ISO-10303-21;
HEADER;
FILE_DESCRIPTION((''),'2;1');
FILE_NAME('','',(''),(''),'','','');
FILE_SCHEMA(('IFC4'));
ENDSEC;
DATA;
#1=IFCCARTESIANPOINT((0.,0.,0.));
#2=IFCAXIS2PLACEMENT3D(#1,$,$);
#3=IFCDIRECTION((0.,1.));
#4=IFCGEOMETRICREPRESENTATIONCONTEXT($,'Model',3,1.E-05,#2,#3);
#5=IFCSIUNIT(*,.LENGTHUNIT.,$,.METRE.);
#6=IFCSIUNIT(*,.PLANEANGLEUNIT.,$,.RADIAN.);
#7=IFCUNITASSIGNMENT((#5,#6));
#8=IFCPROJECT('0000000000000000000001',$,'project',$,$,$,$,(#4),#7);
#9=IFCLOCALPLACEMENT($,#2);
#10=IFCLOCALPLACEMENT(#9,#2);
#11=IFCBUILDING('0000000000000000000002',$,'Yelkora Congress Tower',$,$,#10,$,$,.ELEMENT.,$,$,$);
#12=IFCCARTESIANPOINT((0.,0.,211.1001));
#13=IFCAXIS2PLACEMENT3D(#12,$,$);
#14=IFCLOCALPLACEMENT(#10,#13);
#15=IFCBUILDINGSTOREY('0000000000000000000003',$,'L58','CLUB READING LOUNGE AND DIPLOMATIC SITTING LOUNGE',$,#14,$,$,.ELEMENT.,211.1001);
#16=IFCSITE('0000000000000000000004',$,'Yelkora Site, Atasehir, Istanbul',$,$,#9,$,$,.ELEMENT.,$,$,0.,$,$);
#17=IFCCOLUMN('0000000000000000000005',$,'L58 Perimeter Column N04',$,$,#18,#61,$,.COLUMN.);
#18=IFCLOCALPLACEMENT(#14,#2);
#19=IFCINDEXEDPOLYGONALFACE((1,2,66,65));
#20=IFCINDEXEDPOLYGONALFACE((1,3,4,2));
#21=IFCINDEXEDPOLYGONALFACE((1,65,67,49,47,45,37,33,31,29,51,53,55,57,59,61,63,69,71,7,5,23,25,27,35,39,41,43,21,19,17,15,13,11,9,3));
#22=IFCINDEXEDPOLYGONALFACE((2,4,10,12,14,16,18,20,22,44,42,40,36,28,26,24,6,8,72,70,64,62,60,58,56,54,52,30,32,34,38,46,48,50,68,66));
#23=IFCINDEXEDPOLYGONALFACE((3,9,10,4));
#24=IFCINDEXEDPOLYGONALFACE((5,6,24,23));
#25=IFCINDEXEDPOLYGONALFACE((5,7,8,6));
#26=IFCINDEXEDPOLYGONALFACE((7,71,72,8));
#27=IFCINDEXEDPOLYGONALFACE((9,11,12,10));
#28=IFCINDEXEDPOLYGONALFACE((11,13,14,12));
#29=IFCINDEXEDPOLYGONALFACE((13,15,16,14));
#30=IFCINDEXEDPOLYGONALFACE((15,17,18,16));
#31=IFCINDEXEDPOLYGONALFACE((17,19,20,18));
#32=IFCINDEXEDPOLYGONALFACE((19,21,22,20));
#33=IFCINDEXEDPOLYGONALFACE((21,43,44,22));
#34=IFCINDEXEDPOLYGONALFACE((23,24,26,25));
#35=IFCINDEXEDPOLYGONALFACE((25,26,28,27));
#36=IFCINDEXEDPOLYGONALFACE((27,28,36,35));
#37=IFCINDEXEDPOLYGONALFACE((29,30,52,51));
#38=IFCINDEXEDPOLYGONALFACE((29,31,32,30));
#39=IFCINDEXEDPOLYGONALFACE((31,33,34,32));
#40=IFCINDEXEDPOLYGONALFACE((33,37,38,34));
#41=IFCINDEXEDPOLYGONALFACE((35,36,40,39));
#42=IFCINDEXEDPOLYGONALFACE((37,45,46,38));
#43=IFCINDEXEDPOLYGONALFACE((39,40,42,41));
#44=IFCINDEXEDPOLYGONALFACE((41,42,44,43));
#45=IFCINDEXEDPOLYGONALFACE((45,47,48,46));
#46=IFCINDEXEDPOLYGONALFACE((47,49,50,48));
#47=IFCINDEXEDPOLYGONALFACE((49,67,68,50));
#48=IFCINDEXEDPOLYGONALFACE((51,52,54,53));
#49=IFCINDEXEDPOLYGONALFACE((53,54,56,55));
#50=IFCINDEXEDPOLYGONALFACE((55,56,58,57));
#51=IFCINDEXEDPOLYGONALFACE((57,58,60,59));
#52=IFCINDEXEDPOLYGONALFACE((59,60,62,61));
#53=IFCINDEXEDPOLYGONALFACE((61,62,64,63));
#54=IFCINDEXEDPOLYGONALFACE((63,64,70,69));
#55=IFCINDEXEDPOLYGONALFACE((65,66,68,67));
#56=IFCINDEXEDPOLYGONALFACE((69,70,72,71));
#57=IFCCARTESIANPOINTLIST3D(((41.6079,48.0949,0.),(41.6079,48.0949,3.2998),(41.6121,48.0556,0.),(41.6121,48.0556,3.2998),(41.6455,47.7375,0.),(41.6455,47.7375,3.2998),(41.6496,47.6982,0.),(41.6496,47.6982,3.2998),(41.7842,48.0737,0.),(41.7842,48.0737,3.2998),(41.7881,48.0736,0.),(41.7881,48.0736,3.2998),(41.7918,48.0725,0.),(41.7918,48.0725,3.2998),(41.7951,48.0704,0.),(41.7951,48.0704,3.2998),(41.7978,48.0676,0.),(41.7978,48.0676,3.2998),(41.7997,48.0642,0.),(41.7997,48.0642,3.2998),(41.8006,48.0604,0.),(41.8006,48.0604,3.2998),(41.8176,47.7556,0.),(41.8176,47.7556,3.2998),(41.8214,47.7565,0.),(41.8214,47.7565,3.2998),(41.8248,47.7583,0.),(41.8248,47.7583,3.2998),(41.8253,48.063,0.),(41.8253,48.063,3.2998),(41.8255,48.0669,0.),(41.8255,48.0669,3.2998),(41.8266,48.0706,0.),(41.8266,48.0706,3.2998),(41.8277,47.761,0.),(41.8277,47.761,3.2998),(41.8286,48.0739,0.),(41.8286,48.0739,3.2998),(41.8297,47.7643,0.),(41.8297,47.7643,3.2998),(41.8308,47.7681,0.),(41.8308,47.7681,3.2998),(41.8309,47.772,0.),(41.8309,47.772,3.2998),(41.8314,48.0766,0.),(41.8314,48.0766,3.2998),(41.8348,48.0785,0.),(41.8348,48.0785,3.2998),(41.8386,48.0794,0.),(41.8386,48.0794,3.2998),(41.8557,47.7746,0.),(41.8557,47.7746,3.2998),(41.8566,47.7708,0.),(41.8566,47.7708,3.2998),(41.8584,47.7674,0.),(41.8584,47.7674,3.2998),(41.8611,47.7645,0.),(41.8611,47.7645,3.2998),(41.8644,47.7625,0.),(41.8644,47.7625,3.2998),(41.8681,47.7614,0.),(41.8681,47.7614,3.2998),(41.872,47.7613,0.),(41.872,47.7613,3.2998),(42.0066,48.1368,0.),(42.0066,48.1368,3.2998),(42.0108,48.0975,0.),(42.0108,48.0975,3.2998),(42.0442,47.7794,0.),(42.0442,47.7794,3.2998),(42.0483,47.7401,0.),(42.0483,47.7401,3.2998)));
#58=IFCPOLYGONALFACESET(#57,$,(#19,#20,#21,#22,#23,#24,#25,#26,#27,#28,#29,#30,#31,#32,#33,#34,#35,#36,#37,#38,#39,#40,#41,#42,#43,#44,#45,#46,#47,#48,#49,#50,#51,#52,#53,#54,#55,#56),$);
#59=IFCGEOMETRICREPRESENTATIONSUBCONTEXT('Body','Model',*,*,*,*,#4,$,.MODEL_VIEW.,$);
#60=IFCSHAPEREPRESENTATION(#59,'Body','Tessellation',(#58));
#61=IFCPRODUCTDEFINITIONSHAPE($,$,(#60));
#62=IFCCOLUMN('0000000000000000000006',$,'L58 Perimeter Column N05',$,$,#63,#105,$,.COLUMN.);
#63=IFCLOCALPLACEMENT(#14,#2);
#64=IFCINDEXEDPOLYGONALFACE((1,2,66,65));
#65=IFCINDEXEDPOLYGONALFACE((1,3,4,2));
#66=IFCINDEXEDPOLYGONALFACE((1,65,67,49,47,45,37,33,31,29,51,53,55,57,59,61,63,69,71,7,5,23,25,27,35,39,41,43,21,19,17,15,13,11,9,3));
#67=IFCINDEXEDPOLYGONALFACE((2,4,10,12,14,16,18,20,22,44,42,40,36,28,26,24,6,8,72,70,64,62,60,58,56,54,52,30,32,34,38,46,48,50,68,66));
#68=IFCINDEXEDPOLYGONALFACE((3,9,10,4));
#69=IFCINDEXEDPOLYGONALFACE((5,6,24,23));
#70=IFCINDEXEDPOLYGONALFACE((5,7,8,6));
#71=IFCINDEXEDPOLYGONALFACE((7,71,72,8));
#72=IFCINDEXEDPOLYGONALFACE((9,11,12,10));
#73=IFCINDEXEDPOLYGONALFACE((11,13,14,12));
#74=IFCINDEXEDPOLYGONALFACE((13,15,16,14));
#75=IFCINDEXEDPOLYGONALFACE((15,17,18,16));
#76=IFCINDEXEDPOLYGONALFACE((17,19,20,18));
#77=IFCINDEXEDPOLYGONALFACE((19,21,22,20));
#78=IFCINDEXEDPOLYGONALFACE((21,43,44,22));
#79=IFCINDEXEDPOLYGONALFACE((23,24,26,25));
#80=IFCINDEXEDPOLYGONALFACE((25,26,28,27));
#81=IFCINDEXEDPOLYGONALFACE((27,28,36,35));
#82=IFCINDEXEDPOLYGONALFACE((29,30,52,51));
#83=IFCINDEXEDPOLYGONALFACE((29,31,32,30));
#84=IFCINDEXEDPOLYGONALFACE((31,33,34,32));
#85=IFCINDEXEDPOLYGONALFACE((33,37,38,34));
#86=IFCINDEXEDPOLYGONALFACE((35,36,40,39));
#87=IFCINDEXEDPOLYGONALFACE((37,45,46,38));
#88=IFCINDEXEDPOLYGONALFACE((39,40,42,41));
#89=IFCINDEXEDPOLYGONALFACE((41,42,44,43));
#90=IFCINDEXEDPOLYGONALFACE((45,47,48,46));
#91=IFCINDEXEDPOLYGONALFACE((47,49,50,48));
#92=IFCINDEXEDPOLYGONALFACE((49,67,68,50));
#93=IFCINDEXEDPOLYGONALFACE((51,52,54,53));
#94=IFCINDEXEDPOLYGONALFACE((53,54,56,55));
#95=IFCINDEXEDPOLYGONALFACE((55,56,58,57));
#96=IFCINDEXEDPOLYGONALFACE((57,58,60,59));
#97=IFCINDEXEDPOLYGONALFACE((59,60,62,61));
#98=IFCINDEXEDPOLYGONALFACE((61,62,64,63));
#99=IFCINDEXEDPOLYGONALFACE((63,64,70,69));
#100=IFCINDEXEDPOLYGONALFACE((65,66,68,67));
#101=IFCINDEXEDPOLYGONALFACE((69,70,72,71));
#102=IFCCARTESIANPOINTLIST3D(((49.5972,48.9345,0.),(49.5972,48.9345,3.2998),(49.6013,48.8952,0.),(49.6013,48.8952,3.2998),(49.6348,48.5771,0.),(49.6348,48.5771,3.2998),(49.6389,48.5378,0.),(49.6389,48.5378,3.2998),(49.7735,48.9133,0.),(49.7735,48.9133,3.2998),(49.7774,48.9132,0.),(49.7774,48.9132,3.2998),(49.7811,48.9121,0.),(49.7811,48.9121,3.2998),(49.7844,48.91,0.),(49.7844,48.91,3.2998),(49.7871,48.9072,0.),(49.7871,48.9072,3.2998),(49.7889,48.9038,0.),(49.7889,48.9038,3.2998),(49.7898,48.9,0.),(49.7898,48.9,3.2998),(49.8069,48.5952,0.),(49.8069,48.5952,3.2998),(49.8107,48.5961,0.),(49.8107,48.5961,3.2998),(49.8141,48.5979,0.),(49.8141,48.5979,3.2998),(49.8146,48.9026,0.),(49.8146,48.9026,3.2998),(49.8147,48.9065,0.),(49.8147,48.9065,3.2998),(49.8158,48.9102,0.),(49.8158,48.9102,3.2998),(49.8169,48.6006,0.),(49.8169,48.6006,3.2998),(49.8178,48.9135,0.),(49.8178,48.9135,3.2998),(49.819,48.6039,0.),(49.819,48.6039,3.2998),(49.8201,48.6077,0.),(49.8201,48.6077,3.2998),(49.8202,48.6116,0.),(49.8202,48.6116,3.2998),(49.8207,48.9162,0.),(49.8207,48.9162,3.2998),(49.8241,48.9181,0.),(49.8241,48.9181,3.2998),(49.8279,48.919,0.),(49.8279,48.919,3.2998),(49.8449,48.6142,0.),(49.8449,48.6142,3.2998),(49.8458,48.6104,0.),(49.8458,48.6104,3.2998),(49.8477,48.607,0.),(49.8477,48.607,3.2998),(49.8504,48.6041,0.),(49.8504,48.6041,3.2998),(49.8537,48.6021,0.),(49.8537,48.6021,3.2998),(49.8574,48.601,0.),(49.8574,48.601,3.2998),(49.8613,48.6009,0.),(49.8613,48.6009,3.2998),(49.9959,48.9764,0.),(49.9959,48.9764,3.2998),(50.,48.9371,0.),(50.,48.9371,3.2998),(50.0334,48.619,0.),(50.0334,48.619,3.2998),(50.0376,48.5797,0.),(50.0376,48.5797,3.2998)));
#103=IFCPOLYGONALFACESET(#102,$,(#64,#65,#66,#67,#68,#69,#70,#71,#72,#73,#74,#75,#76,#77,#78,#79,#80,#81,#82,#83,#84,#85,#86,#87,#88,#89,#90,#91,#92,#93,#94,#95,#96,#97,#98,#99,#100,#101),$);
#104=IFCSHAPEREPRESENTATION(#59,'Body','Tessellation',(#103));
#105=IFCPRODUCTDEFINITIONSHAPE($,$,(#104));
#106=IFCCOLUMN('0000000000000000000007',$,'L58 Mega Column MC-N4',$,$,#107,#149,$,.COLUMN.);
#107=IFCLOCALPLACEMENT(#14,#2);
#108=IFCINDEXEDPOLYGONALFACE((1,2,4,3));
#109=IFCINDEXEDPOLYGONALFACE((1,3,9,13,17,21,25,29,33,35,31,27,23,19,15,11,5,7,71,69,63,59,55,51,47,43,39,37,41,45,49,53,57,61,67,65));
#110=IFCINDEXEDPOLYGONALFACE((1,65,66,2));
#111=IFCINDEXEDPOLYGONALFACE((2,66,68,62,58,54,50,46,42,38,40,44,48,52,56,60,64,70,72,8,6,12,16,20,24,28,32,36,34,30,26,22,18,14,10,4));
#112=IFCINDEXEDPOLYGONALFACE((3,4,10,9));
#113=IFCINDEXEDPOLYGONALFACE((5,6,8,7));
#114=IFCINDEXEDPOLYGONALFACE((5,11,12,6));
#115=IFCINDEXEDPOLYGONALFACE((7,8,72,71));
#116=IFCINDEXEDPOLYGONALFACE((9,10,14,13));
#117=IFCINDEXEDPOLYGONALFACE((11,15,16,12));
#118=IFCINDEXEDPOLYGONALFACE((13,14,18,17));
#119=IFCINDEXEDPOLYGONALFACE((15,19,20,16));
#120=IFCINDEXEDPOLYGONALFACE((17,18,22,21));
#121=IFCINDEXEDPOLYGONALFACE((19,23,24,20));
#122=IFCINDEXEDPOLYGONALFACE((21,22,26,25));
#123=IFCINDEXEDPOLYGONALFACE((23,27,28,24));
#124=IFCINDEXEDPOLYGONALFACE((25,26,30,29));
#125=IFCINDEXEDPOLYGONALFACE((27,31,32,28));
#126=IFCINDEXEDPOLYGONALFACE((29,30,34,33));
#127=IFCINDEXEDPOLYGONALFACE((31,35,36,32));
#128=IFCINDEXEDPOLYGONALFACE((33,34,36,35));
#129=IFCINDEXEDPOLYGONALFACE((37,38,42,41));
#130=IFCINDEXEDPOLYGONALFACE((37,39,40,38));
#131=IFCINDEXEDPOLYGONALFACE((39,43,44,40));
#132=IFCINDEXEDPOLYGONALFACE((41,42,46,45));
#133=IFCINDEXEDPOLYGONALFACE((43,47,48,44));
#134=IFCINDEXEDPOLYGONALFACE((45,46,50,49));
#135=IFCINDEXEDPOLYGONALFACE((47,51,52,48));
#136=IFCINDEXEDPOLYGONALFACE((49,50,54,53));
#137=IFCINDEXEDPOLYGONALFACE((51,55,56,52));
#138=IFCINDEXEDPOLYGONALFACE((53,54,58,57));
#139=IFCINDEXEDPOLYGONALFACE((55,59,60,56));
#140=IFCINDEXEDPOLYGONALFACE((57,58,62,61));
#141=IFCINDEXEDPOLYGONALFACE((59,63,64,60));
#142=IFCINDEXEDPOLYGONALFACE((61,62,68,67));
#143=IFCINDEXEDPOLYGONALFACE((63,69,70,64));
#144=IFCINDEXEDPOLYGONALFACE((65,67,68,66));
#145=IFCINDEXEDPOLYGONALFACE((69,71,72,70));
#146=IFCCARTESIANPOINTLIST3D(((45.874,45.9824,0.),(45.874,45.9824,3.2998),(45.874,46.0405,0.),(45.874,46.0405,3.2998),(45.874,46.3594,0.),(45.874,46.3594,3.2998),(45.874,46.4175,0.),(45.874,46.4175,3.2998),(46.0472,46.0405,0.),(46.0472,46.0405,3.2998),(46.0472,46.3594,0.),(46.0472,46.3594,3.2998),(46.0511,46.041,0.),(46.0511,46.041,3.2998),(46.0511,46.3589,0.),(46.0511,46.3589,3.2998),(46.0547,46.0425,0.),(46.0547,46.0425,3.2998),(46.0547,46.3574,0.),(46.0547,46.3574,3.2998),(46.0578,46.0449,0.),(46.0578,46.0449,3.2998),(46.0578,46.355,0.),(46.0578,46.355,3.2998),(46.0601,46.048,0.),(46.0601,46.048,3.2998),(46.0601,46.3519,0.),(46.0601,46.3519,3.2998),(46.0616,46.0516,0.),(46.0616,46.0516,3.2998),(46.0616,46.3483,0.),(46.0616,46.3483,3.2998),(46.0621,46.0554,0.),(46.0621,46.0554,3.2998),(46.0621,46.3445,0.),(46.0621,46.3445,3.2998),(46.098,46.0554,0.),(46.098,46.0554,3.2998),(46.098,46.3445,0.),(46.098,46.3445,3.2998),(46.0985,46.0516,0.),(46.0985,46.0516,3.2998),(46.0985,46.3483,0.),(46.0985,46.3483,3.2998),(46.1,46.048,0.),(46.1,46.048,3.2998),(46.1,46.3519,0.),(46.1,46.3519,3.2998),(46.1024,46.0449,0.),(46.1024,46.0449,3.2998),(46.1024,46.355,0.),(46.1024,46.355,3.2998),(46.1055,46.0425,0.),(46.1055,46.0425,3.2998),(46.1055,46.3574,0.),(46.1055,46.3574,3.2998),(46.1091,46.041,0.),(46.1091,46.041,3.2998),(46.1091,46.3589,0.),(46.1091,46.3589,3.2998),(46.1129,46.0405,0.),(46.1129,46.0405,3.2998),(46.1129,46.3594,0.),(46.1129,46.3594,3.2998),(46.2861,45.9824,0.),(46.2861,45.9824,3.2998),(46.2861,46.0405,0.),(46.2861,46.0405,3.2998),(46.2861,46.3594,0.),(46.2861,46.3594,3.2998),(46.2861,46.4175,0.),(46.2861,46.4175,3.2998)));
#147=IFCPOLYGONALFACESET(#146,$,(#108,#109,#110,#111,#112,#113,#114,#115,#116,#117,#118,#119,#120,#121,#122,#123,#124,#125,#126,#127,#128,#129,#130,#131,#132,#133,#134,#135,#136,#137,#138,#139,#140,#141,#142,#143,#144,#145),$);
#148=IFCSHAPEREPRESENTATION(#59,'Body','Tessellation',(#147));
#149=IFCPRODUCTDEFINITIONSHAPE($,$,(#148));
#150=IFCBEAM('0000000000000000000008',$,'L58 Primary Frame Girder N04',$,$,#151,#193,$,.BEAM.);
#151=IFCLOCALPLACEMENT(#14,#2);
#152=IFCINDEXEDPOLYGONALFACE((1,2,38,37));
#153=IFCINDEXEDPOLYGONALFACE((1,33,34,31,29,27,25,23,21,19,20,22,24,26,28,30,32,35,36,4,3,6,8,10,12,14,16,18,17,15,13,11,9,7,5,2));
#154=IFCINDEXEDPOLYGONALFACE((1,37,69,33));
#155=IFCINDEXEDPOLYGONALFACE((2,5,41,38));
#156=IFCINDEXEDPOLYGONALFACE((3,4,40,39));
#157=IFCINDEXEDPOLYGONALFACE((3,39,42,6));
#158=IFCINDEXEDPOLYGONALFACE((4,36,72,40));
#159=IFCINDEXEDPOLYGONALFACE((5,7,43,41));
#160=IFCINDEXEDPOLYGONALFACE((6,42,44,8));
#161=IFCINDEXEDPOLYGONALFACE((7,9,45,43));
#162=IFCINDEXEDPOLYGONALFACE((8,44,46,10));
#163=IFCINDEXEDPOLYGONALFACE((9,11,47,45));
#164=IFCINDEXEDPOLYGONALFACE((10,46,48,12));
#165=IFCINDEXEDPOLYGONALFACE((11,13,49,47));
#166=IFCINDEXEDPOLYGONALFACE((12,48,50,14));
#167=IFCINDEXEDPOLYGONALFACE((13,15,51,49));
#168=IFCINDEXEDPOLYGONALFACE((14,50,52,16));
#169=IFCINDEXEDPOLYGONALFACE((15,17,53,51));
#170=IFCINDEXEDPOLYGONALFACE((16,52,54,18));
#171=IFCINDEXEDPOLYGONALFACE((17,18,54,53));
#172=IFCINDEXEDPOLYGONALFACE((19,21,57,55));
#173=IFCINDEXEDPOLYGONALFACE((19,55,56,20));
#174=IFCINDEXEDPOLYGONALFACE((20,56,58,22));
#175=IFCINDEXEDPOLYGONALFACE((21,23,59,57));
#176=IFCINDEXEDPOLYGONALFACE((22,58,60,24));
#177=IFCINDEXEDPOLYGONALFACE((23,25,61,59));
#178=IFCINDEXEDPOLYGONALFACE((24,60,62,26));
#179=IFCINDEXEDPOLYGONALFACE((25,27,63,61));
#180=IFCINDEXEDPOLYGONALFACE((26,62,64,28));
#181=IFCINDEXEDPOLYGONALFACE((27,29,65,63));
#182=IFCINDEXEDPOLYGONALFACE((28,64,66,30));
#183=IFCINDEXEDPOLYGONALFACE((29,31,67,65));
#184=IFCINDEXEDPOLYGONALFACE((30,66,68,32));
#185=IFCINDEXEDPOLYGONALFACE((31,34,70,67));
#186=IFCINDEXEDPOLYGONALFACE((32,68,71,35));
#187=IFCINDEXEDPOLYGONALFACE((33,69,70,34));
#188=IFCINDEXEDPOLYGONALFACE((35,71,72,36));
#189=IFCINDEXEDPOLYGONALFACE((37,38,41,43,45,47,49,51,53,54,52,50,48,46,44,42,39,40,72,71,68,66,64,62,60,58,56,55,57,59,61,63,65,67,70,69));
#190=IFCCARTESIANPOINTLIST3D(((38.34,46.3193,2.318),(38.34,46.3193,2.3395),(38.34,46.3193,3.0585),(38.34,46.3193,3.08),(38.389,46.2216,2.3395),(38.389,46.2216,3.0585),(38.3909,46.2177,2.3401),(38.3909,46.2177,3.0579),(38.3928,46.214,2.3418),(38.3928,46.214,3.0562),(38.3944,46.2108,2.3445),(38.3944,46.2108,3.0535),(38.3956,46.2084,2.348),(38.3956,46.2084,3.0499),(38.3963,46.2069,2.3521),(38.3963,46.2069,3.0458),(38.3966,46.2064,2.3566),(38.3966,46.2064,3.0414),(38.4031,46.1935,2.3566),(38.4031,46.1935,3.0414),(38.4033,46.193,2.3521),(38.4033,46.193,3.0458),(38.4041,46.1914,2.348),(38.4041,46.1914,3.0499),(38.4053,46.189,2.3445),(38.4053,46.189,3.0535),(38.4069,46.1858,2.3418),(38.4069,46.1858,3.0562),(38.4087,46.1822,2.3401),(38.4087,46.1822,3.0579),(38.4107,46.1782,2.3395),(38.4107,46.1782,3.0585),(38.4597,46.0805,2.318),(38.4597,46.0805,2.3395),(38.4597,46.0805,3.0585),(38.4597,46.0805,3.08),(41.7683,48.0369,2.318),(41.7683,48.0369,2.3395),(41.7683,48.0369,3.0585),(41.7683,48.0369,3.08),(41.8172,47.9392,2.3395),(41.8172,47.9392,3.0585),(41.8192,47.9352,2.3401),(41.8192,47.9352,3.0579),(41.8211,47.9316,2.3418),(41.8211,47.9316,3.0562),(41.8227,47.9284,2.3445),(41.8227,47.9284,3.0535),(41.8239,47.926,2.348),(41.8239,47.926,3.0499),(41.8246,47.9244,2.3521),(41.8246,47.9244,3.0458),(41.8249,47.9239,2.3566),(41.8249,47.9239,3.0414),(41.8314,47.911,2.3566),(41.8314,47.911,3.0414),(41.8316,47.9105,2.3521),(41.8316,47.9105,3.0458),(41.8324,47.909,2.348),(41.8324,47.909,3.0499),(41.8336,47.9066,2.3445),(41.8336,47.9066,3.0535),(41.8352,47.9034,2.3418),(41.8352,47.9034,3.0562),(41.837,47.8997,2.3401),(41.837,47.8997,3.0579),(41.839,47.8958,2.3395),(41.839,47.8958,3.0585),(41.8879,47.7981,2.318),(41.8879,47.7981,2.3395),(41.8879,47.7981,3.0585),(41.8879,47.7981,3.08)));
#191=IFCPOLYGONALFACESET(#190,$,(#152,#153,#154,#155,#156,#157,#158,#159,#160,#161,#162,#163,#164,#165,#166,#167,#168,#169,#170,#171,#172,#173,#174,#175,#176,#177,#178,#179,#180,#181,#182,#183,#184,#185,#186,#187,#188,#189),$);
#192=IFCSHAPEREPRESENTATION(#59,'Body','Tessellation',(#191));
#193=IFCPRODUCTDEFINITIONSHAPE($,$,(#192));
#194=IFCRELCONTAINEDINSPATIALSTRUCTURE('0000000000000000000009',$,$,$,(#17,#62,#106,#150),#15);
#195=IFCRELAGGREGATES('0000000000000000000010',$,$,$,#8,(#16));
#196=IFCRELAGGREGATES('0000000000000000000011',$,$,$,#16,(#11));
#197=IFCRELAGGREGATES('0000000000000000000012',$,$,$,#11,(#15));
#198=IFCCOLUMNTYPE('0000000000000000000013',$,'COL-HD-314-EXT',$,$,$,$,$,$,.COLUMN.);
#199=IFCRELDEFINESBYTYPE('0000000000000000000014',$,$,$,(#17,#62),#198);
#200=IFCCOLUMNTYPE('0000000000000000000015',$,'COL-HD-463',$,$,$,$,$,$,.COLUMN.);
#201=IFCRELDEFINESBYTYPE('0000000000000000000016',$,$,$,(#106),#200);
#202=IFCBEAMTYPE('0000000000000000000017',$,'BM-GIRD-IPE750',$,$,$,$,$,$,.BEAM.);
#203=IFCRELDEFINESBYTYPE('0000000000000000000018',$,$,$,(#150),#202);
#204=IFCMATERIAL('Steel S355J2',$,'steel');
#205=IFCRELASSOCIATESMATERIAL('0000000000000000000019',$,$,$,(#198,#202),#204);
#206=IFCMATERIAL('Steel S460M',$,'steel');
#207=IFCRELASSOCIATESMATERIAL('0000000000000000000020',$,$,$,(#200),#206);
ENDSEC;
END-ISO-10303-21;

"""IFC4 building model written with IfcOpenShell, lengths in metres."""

from ifc_helpers import new_model, si_unit, direction, frame, origin, origin_2d, place, context, subcontext, project, spatial, i_section, extrude, material, material_profile, profile_set, type_object, element, save


model = new_model("IFC4")

# Units and contexts
model_context = context("Model", 3, precision=1e-05, world=origin(), true_north=direction((0.0, 1.0)))
body_context = subcontext(model_context, "Body", "Model", "MODEL_VIEW")
ifc_project = project(units=[si_unit("LENGTHUNIT", "METRE"), si_unit("PLANEANGLEUNIT", "RADIAN")], contexts=[model_context])

# Site, building, storey
site_placement = place(None, origin())
site = spatial("IfcSite", under=ifc_project, at=site_placement, Name="Yelkora Site, Atasehir, Istanbul", CompositionType="ELEMENT", RefElevation=0.0)
building_placement = place(site_placement, origin())
building = spatial("IfcBuilding", under=site, at=building_placement, Name="Yelkora Congress Tower", CompositionType="ELEMENT")
storey_placement = place(building_placement, frame((0.0, 0.0, 211.1001)))
storey = spatial("IfcBuildingStorey", under=building, at=storey_placement, Name="L58", Description="CLUB READING LOUNGE AND DIPLOMATIC SITTING LOUNGE", CompositionType="ELEMENT", Elevation=211.1001)

# Columns
ifc_material_1 = material(Name="Steel S355J2", Category="steel")
ifc_material_profile_1 = material_profile(ifc_material_1, i_section(OverallWidth=0.4009, OverallDepth=0.3989, WebThickness=0.0249, FlangeThickness=0.0396, FilletRadius=0.0149, at=origin_2d()), Name="HD 400x314")
ifc_profile_set_1 = profile_set([ifc_material_profile_1], Name="Steel S355J2")
column_type_1 = type_object("IfcColumnType", Name="COL-HD-314-EXT", PredefinedType="COLUMN", material=ifc_profile_set_1)
for number, where, z_axis, x_axis, name in (
    (1, (41.8281, 47.9175, 0.0), (0.0, 0.0, 1.0), (0.994522, 0.104528, 0.0), "L58 Perimeter Column N04"),
    (2, (49.8174, 48.7571, 0.0), (0.0, 0.0, 1.0), (0.994522, 0.104528, 0.0), "L58 Perimeter Column N05"),
):
    element("IfcColumn", number, at=place(storey_placement, frame(where, z_axis=z_axis, x_axis=x_axis)), inside=storey, type_object=column_type_1, Name=name, PredefinedType="COLUMN", context=body_context, shape_type="SweptSolid", body=[
        extrude(i_section(OverallWidth=0.4009, OverallDepth=0.3989, WebThickness=0.0249, FlangeThickness=0.0396, FilletRadius=0.0149, at=origin_2d()), origin(), (0.0, 0.0, 1.0), 3.2998),
    ])
ifc_material_2 = material(Name="Steel S460M", Category="steel")
ifc_material_profile_2 = material_profile(ifc_material_2, i_section(OverallWidth=0.4121, OverallDepth=0.4351, WebThickness=0.0359, FlangeThickness=0.0581, FilletRadius=0.0149, at=origin_2d()), Name="HD 400x463")
ifc_profile_set_2 = profile_set([ifc_material_profile_2], Name="Steel S460M")
column_type_2 = type_object("IfcColumnType", Name="COL-HD-463", PredefinedType="COLUMN", material=ifc_profile_set_2)
column_placement = place(storey_placement, frame((46.0801, 46.2, 0.0), z_axis=(0.0, 0.0, 1.0), x_axis=(1.0, 0.0, 0.0)))
element("IfcColumn", 3, at=column_placement, inside=storey, type_object=column_type_2, Name="L58 Mega Column MC-N4", PredefinedType="COLUMN", context=body_context, shape_type="SweptSolid", body=[
    extrude(i_section(OverallWidth=0.4121, OverallDepth=0.4351, WebThickness=0.0359, FlangeThickness=0.0581, FilletRadius=0.0149, at=origin_2d()), origin(), (0.0, 0.0, 1.0), 3.2998),
])

# Beam
ifc_material_profile_3 = material_profile(ifc_material_1, i_section(OverallWidth=0.2671, OverallDepth=0.762, WebThickness=0.0144, FlangeThickness=0.0215, FilletRadius=0.0171, at=origin_2d()), Name="IPE 750x173")
ifc_profile_set_3 = profile_set([ifc_material_profile_3], Name="Steel S355J2")
beam_type_1 = type_object("IfcBeamType", Name="BM-GIRD-IPE750", PredefinedType="BEAM", material=ifc_profile_set_3)
beam_1_placement = place(storey_placement, frame((41.8281, 47.9175, 2.699), z_axis=(-0.89407, -0.447927, 0.0), x_axis=(0.447927, -0.89407, 0.0)))
element("IfcBeam", 4, at=beam_1_placement, inside=storey, type_object=beam_type_1, Name="L58 Primary Frame Girder N04", PredefinedType="BEAM", context=body_context, shape_type="SweptSolid", body=[
    extrude(i_section(OverallWidth=0.2671, OverallDepth=0.762, WebThickness=0.0144, FlangeThickness=0.0215, FilletRadius=0.0171, at=origin_2d()), origin(), (0.0, 0.0, 1.0), 3.8345),
])

save(model, "model.ifc")
